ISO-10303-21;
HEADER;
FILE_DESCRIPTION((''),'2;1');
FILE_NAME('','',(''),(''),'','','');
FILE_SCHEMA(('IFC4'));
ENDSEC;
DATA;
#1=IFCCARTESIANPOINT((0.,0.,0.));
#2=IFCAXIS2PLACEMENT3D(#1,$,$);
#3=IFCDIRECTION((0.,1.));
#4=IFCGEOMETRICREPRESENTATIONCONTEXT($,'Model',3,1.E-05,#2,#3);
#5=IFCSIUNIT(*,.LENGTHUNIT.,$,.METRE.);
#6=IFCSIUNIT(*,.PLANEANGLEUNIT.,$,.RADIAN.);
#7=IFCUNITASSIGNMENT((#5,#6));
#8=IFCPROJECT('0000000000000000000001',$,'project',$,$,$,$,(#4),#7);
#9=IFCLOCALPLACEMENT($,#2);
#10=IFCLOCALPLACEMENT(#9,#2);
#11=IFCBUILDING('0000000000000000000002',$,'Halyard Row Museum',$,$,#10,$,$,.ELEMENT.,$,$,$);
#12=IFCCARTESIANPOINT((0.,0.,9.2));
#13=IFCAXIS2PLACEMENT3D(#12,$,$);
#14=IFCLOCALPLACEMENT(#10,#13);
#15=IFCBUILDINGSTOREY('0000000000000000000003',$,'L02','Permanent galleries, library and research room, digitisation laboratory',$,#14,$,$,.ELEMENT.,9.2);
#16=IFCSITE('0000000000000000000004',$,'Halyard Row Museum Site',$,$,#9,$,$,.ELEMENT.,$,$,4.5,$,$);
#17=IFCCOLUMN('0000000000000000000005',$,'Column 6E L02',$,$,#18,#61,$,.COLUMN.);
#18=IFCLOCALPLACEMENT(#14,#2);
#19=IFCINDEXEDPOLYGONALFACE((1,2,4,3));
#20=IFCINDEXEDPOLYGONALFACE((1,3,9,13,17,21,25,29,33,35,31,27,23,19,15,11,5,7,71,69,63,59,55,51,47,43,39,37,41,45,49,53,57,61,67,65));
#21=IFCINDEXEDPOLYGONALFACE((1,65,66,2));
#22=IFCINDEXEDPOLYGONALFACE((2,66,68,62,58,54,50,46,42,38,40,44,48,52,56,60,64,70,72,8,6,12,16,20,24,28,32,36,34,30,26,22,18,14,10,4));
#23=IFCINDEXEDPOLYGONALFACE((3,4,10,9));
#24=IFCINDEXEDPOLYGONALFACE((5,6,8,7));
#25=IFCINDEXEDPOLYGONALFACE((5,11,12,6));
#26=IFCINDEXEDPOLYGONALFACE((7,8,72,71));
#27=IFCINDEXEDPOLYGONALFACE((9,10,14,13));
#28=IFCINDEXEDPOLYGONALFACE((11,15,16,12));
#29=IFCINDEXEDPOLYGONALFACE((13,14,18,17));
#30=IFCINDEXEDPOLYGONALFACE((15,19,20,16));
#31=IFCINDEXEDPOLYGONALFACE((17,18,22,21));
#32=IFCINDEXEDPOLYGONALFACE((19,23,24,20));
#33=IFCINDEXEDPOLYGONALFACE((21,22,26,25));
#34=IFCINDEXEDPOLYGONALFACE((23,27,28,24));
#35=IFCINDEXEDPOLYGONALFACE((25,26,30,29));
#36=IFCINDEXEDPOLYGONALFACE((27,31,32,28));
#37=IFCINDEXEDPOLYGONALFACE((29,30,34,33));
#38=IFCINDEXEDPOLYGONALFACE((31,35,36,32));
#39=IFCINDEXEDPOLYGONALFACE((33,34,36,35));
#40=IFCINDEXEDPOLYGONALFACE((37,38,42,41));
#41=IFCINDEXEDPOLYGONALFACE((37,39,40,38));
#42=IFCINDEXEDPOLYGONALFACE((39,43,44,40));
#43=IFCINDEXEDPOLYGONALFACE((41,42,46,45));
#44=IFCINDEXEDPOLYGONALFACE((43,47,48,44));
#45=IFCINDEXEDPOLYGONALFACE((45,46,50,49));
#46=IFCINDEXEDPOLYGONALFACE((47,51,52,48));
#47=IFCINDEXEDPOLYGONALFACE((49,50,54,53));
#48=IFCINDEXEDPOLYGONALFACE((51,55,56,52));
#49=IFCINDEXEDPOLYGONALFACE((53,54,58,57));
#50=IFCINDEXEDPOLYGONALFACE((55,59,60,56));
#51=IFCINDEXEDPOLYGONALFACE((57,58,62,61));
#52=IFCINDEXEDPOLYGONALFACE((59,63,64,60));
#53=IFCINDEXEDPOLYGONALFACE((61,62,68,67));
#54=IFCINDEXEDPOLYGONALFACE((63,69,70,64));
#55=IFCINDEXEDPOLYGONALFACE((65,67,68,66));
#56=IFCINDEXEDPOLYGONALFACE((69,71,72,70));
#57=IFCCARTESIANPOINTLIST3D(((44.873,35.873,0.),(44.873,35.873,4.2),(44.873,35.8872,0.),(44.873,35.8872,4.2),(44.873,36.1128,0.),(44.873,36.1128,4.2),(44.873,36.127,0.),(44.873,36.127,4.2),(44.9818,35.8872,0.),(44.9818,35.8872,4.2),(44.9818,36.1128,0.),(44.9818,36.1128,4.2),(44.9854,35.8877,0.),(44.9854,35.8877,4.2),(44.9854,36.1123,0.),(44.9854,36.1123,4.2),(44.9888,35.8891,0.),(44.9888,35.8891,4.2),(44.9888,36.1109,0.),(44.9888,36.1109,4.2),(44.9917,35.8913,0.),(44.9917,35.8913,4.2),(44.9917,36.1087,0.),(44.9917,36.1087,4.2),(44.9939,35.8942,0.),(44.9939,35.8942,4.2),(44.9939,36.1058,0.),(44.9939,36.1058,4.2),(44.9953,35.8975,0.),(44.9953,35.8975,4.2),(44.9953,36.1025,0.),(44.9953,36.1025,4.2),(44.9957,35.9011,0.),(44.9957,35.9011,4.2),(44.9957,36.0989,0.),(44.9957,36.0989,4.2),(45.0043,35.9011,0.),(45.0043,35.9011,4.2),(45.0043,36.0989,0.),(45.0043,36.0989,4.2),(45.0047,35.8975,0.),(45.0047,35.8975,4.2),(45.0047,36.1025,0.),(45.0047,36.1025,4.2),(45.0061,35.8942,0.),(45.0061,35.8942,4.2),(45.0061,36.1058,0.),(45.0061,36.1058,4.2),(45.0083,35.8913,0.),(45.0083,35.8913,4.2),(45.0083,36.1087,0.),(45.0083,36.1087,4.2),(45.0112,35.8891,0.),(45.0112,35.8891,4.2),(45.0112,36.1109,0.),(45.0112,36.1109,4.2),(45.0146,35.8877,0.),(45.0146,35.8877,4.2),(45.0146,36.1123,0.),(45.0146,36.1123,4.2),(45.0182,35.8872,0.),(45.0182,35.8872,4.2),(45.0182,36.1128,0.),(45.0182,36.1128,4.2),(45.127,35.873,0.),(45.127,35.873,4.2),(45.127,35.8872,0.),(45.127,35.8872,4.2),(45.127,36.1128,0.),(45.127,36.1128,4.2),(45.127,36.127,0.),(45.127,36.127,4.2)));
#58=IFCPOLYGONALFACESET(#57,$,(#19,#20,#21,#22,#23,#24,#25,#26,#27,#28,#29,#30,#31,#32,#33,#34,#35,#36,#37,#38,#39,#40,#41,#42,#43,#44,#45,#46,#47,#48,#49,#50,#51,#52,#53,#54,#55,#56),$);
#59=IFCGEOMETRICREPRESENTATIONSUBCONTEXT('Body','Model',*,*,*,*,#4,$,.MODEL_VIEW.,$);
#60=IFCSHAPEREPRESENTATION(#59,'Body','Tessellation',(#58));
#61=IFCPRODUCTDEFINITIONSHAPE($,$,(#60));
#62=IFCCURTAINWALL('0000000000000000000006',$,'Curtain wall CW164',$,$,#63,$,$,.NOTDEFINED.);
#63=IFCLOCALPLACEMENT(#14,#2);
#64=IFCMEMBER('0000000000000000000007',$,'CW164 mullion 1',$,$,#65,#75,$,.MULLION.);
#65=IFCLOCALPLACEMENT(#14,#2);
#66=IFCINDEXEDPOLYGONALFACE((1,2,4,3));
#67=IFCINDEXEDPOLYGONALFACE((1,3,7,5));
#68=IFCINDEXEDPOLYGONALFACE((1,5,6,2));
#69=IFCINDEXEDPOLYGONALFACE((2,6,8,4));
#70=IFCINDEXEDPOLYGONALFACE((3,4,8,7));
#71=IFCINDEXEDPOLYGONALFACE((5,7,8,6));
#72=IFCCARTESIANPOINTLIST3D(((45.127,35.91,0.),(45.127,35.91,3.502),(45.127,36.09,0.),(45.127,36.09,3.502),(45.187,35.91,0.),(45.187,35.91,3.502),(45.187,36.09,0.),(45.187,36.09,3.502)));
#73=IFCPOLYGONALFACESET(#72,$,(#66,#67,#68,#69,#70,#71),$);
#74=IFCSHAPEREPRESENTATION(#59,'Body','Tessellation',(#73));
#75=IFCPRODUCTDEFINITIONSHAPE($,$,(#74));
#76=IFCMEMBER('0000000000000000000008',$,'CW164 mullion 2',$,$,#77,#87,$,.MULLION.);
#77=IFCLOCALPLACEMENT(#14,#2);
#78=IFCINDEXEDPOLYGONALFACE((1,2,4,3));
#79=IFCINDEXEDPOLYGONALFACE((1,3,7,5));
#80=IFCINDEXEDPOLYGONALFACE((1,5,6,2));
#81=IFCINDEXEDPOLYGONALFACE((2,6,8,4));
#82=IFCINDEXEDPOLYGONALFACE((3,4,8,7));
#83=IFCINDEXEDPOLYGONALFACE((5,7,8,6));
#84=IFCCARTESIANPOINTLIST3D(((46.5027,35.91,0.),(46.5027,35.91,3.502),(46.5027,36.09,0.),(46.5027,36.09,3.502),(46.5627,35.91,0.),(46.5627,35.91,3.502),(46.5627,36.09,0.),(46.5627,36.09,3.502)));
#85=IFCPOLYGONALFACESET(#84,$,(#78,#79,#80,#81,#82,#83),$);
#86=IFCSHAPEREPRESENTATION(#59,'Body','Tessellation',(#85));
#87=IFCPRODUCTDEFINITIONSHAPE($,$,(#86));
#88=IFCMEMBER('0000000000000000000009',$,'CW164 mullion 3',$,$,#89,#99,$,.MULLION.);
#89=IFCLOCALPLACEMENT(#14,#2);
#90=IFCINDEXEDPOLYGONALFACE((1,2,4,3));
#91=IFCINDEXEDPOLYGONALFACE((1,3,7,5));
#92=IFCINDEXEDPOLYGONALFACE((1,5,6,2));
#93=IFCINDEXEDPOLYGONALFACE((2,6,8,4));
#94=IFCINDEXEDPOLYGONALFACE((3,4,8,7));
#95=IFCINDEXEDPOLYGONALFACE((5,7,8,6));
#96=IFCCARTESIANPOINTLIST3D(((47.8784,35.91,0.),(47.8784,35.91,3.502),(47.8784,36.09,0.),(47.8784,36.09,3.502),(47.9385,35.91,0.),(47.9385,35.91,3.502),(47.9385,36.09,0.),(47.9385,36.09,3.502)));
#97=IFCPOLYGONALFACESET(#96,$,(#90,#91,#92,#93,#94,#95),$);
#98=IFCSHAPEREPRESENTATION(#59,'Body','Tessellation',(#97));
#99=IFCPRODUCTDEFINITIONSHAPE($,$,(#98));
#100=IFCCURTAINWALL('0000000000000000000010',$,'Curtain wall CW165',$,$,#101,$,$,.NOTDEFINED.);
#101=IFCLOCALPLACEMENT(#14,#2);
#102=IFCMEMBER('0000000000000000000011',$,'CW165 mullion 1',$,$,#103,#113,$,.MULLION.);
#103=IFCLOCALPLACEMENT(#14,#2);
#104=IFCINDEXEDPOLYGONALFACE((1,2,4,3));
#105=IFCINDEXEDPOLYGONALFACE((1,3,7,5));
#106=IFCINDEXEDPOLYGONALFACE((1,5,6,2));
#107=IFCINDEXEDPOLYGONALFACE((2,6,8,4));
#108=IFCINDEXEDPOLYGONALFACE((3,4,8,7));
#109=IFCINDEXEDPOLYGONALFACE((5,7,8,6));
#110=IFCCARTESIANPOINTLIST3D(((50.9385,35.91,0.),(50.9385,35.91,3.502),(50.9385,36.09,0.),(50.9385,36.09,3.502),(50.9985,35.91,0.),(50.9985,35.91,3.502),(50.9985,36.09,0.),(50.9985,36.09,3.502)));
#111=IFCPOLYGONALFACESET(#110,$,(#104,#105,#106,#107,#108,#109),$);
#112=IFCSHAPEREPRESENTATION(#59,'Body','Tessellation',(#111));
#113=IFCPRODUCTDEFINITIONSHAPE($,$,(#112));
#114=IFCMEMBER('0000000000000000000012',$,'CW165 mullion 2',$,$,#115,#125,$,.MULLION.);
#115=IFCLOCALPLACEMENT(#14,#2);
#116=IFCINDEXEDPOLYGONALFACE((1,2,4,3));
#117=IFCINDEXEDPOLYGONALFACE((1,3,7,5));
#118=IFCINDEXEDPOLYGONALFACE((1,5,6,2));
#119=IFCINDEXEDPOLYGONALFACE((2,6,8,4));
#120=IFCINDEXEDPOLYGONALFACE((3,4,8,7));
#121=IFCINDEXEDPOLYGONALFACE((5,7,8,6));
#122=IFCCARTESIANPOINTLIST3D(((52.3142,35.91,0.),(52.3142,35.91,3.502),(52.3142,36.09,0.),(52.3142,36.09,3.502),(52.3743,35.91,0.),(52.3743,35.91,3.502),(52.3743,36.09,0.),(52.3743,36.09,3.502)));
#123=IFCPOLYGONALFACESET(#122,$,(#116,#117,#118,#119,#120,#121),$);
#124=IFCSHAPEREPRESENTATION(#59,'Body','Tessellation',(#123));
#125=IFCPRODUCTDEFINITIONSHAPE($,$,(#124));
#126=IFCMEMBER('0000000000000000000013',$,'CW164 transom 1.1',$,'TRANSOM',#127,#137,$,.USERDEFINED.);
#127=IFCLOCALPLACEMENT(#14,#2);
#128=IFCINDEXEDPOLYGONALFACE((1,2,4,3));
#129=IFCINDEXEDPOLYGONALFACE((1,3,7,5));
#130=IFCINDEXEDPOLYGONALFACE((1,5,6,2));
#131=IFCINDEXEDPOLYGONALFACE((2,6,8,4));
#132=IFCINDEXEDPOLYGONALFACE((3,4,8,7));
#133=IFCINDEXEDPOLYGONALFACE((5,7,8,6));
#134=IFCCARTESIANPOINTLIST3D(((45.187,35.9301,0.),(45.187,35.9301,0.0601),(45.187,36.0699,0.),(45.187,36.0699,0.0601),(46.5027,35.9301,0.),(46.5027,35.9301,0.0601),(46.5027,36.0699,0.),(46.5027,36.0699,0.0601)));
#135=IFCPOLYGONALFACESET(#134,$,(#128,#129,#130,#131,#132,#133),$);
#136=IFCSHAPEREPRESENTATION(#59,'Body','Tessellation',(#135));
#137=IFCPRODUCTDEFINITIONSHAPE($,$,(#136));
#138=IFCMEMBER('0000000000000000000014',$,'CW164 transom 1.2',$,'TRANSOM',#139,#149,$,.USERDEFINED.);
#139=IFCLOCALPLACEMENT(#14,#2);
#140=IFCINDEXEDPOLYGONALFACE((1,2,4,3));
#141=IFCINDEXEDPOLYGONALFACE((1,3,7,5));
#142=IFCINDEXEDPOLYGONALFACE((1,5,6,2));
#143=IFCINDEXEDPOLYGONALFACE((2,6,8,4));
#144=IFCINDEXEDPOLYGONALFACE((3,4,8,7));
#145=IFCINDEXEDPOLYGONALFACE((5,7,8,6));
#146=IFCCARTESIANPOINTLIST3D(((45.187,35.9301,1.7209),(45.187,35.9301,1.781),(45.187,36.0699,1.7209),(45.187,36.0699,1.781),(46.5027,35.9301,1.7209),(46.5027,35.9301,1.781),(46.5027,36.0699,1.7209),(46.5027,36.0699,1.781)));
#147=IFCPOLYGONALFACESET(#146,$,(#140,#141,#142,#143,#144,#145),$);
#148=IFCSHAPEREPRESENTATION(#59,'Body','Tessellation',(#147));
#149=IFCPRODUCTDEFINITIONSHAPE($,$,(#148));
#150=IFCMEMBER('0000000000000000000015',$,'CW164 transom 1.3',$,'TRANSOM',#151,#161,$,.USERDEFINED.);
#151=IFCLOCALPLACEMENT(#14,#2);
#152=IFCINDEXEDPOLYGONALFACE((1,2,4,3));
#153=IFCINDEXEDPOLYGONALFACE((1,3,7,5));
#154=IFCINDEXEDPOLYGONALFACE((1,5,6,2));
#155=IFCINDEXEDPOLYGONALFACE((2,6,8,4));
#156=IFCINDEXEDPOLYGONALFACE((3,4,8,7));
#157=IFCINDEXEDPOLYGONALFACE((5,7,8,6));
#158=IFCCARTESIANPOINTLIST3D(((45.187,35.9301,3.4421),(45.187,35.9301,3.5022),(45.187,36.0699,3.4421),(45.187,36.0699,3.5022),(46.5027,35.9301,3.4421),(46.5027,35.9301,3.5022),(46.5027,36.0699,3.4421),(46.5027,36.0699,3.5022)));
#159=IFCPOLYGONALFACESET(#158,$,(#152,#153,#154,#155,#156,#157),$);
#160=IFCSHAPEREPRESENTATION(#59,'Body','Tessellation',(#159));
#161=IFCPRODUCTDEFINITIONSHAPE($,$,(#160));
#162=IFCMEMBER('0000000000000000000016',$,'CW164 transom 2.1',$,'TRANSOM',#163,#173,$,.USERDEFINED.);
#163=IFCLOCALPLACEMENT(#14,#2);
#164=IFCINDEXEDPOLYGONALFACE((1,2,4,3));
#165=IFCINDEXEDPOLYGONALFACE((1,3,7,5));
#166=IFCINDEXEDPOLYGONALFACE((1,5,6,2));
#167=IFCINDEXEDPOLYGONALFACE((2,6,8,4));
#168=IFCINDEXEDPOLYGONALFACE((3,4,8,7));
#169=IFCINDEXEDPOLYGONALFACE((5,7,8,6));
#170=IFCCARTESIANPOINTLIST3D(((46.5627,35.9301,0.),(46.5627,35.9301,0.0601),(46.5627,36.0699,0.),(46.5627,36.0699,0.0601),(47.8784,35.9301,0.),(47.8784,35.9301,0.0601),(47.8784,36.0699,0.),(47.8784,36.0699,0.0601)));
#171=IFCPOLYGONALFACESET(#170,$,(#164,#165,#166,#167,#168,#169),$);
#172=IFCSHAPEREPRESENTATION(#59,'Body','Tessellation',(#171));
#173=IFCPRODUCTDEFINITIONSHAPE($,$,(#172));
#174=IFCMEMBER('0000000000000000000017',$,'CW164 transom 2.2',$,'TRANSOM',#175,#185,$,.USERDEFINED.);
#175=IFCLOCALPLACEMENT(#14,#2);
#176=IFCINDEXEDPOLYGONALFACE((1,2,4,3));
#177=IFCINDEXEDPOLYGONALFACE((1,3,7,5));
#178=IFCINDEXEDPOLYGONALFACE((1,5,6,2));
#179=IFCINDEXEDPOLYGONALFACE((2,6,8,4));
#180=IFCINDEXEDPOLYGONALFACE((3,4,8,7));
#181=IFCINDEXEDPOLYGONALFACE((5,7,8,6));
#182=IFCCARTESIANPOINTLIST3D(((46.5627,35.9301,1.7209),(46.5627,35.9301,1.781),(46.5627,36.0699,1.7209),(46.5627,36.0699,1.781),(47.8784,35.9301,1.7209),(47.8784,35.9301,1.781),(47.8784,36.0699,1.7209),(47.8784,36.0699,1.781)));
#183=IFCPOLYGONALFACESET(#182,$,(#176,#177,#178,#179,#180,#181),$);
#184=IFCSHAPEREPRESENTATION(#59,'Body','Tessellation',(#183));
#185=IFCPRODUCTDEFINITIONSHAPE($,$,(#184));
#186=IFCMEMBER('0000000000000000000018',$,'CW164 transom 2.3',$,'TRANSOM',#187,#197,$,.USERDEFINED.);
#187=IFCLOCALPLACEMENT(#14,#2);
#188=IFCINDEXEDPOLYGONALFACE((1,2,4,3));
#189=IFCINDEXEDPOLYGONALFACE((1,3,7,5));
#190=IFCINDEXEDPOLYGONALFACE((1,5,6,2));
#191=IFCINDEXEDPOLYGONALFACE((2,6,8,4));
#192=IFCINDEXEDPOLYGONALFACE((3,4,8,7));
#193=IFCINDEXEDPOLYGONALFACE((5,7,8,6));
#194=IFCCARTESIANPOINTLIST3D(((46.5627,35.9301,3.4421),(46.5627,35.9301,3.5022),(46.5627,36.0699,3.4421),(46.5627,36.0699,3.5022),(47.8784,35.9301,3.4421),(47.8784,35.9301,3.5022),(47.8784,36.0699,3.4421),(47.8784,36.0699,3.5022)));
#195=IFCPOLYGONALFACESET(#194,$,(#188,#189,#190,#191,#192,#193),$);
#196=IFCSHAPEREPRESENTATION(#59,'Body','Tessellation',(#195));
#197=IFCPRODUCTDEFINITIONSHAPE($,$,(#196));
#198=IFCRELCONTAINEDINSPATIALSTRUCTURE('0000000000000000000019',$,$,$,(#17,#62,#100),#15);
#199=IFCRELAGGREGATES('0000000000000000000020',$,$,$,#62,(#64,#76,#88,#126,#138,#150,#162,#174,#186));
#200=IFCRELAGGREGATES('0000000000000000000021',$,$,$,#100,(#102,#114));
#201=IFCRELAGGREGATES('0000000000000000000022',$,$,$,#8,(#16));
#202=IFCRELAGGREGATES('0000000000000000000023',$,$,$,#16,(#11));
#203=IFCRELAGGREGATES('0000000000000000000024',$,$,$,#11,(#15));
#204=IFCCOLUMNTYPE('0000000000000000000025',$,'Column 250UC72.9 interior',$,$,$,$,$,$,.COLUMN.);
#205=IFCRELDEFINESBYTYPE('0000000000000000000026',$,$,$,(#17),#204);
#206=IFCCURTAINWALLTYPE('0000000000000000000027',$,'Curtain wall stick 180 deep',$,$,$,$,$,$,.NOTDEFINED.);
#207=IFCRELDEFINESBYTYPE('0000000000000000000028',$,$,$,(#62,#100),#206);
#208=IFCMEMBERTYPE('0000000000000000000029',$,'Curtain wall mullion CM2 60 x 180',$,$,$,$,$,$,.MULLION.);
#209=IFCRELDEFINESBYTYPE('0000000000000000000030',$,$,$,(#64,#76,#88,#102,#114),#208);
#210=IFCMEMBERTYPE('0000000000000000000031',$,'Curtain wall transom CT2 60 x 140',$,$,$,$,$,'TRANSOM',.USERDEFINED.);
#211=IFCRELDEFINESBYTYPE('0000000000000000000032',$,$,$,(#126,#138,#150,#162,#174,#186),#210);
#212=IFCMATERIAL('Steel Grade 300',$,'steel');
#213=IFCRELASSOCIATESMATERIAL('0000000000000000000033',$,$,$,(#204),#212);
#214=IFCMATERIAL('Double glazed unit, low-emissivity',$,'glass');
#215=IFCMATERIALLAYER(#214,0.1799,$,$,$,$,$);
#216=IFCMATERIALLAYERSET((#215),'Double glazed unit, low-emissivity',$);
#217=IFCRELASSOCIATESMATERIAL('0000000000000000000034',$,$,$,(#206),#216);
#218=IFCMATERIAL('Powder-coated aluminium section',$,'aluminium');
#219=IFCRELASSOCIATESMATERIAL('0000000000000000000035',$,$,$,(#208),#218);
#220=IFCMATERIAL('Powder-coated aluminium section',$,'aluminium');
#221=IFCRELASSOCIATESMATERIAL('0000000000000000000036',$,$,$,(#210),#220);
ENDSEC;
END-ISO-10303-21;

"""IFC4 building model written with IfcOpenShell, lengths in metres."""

from ifc_helpers import new_model, si_unit, direction, frame, origin, origin_2d, place, context, subcontext, project, spatial, rectangle, i_section, extrude, material, layer, layer_set, material_profile, profile_set, type_object, element, aggregate, save


model = new_model("IFC4")

# Units and contexts
model_context = context("Model", 3, precision=1e-05, world=origin(), true_north=direction((0.0, 1.0)))
body_context = subcontext(model_context, "Body", "Model", "MODEL_VIEW")
ifc_project = project(units=[si_unit("LENGTHUNIT", "METRE"), si_unit("PLANEANGLEUNIT", "RADIAN")], contexts=[model_context])

# Site, building, storey
site_placement = place(None, origin())
site = spatial("IfcSite", under=ifc_project, at=site_placement, Name="Halyard Row Museum Site", CompositionType="ELEMENT", RefElevation=4.5)
building_placement = place(site_placement, origin())
building = spatial("IfcBuilding", under=site, at=building_placement, Name="Halyard Row Museum", CompositionType="ELEMENT")
storey_placement = place(building_placement, frame((0.0, 0.0, 9.2)))
storey = spatial("IfcBuildingStorey", under=building, at=storey_placement, Name="L02", Description="Permanent galleries, library and research room, digitisation laboratory", CompositionType="ELEMENT", Elevation=9.2)

# Column
ifc_material_1 = material(Name="Steel Grade 300", Category="steel")
ifc_material_profile_1 = material_profile(ifc_material_1, i_section(OverallWidth=0.2539, OverallDepth=0.2539, WebThickness=0.0085, FlangeThickness=0.0142, FilletRadius=0.0139, at=origin_2d()), Name="250UC72.9")
ifc_profile_set_1 = profile_set([ifc_material_profile_1], Name="Steel Grade 300")
column_type = type_object("IfcColumnType", Name="Column 250UC72.9 interior", PredefinedType="COLUMN", material=ifc_profile_set_1)
column_placement = place(storey_placement, frame((45.0, 36.0, 0.0), z_axis=(0.0, 0.0, 1.0), x_axis=(1.0, 0.0, 0.0)))
element("IfcColumn", 1, at=column_placement, inside=storey, type_object=column_type, Name="Column 6E L02", PredefinedType="COLUMN", context=body_context, shape_type="SweptSolid", body=[
    extrude(i_section(OverallWidth=0.2539, OverallDepth=0.2539, WebThickness=0.0085, FlangeThickness=0.0142, FilletRadius=0.0139, at=origin_2d()), origin(), (0.0, 0.0, 1.0), 4.2),
])

# Curtain walls, members
ifc_material_2 = material(Name="Double glazed unit, low-emissivity", Category="glass")
ifc_layer_1 = layer(ifc_material_2, 0.1799)
ifc_layer_set_1 = layer_set([ifc_layer_1], Name="Double glazed unit, low-emissivity")
curtain_wall_type = type_object("IfcCurtainWallType", Name="Curtain wall stick 180 deep", PredefinedType="NOTDEFINED", material=ifc_layer_set_1)
curtain_wall_1_placement = place(storey_placement, origin())
curtain_wall_1 = element("IfcCurtainWall", 2, at=curtain_wall_1_placement, inside=storey, type_object=curtain_wall_type, Name="Curtain wall CW164", PredefinedType="NOTDEFINED")
ifc_material_3 = material(Name="Powder-coated aluminium section", Category="aluminium")
ifc_material_profile_2 = material_profile(ifc_material_3, rectangle(XDim=0.1799, YDim=0.0601, at=origin_2d()), Name="180x60 mullion")
ifc_profile_set_2 = profile_set([ifc_material_profile_2], Name="Powder-coated aluminium section")
member_type_1 = type_object("IfcMemberType", Name="Curtain wall mullion CM2 60 x 180", PredefinedType="MULLION", material=ifc_profile_set_2)
member_1_placement = place(storey_placement, frame((45.157, 36.0, 0.0), z_axis=(0.0, 0.0, 1.0), x_axis=(0.0, 1.0, 0.0)))
member_1 = element("IfcMember", 3, at=member_1_placement, type_object=member_type_1, Name="CW164 mullion 1", PredefinedType="MULLION", context=body_context, shape_type="SweptSolid", body=[
    extrude(rectangle(XDim=0.1799, YDim=0.0601, at=origin_2d()), origin(), (0.0, 0.0, 1.0), 3.502),
])
member_2_placement = place(storey_placement, frame((46.5327, 36.0, 0.0), z_axis=(0.0, 0.0, 1.0), x_axis=(0.0, 1.0, 0.0)))
member_2 = element("IfcMember", 4, at=member_2_placement, type_object=member_type_1, Name="CW164 mullion 2", PredefinedType="MULLION", context=body_context, shape_type="SweptSolid", body=[
    extrude(rectangle(XDim=0.1799, YDim=0.0601, at=origin_2d()), origin(), (0.0, 0.0, 1.0), 3.502),
])
member_3_placement = place(storey_placement, frame((47.9084, 36.0, 0.0), z_axis=(0.0, 0.0, 1.0), x_axis=(0.0, 1.0, 0.0)))
member_3 = element("IfcMember", 5, at=member_3_placement, type_object=member_type_1, Name="CW164 mullion 3", PredefinedType="MULLION", context=body_context, shape_type="SweptSolid", body=[
    extrude(rectangle(XDim=0.1799, YDim=0.0601, at=origin_2d()), origin(), (0.0, 0.0, 1.0), 3.502),
])
curtain_wall_2_placement = place(storey_placement, origin())
curtain_wall_2 = element("IfcCurtainWall", 6, at=curtain_wall_2_placement, inside=storey, type_object=curtain_wall_type, Name="Curtain wall CW165", PredefinedType="NOTDEFINED")
member_4_placement = place(storey_placement, frame((50.9685, 36.0, 0.0), z_axis=(0.0, 0.0, 1.0), x_axis=(0.0, 1.0, 0.0)))
member_4 = element("IfcMember", 7, at=member_4_placement, type_object=member_type_1, Name="CW165 mullion 1", PredefinedType="MULLION", context=body_context, shape_type="SweptSolid", body=[
    extrude(rectangle(XDim=0.1799, YDim=0.0601, at=origin_2d()), origin(), (0.0, 0.0, 1.0), 3.502),
])
member_5_placement = place(storey_placement, frame((52.3442, 36.0, 0.0), z_axis=(0.0, 0.0, 1.0), x_axis=(0.0, 1.0, 0.0)))
member_5 = element("IfcMember", 8, at=member_5_placement, type_object=member_type_1, Name="CW165 mullion 2", PredefinedType="MULLION", context=body_context, shape_type="SweptSolid", body=[
    extrude(rectangle(XDim=0.1799, YDim=0.0601, at=origin_2d()), origin(), (0.0, 0.0, 1.0), 3.502),
])

# Members
ifc_material_4 = material(Name="Powder-coated aluminium section", Category="aluminium")
ifc_material_profile_3 = material_profile(ifc_material_4, rectangle(XDim=0.1399, YDim=0.0601, at=origin_2d()), Name="140x60 transom")
ifc_profile_set_3 = profile_set([ifc_material_profile_3], Name="Powder-coated aluminium section")
member_type_2 = type_object("IfcMemberType", Name="Curtain wall transom CT2 60 x 140", ElementType="TRANSOM", PredefinedType="USERDEFINED", material=ifc_profile_set_3)
member_6_placement = place(storey_placement, frame((45.187, 36.0, 0.03), z_axis=(1.0, 0.0, 0.0), x_axis=(0.0, 1.0, 0.0)))
member_6 = element("IfcMember", 9, at=member_6_placement, type_object=member_type_2, Name="CW164 transom 1.1", ObjectType="TRANSOM", PredefinedType="USERDEFINED", context=body_context, shape_type="SweptSolid", body=[
    extrude(rectangle(XDim=0.1399, YDim=0.0601, at=origin_2d()), origin(), (0.0, 0.0, 1.0), 1.3157),
])
member_7_placement = place(storey_placement, frame((45.187, 36.0, 1.751), z_axis=(1.0, 0.0, 0.0), x_axis=(0.0, 1.0, 0.0)))
member_7 = element("IfcMember", 10, at=member_7_placement, type_object=member_type_2, Name="CW164 transom 1.2", ObjectType="TRANSOM", PredefinedType="USERDEFINED", context=body_context, shape_type="SweptSolid", body=[
    extrude(rectangle(XDim=0.1399, YDim=0.0601, at=origin_2d()), origin(), (0.0, 0.0, 1.0), 1.3157),
])
member_8_placement = place(storey_placement, frame((45.187, 36.0, 3.4722), z_axis=(1.0, 0.0, 0.0), x_axis=(0.0, 1.0, 0.0)))
member_8 = element("IfcMember", 11, at=member_8_placement, type_object=member_type_2, Name="CW164 transom 1.3", ObjectType="TRANSOM", PredefinedType="USERDEFINED", context=body_context, shape_type="SweptSolid", body=[
    extrude(rectangle(XDim=0.1399, YDim=0.0601, at=origin_2d()), origin(), (0.0, 0.0, 1.0), 1.3157),
])
member_9_placement = place(storey_placement, frame((46.5627, 36.0, 0.03), z_axis=(1.0, 0.0, 0.0), x_axis=(0.0, 1.0, 0.0)))
member_9 = element("IfcMember", 12, at=member_9_placement, type_object=member_type_2, Name="CW164 transom 2.1", ObjectType="TRANSOM", PredefinedType="USERDEFINED", context=body_context, shape_type="SweptSolid", body=[
    extrude(rectangle(XDim=0.1399, YDim=0.0601, at=origin_2d()), origin(), (0.0, 0.0, 1.0), 1.3157),
])
member_10_placement = place(storey_placement, frame((46.5627, 36.0, 1.751), z_axis=(1.0, 0.0, 0.0), x_axis=(0.0, 1.0, 0.0)))
member_10 = element("IfcMember", 13, at=member_10_placement, type_object=member_type_2, Name="CW164 transom 2.2", ObjectType="TRANSOM", PredefinedType="USERDEFINED", context=body_context, shape_type="SweptSolid", body=[
    extrude(rectangle(XDim=0.1399, YDim=0.0601, at=origin_2d()), origin(), (0.0, 0.0, 1.0), 1.3157),
])
member_11_placement = place(storey_placement, frame((46.5627, 36.0, 3.4722), z_axis=(1.0, 0.0, 0.0), x_axis=(0.0, 1.0, 0.0)))
member_11 = element("IfcMember", 14, at=member_11_placement, type_object=member_type_2, Name="CW164 transom 2.3", ObjectType="TRANSOM", PredefinedType="USERDEFINED", context=body_context, shape_type="SweptSolid", body=[
    extrude(rectangle(XDim=0.1399, YDim=0.0601, at=origin_2d()), origin(), (0.0, 0.0, 1.0), 1.3157),
])

aggregate(curtain_wall_1, [member_1, member_2, member_3, member_6, member_7, member_8, member_9, member_10, member_11])
aggregate(curtain_wall_2, [member_4, member_5])

save(model, "model.ifc")
